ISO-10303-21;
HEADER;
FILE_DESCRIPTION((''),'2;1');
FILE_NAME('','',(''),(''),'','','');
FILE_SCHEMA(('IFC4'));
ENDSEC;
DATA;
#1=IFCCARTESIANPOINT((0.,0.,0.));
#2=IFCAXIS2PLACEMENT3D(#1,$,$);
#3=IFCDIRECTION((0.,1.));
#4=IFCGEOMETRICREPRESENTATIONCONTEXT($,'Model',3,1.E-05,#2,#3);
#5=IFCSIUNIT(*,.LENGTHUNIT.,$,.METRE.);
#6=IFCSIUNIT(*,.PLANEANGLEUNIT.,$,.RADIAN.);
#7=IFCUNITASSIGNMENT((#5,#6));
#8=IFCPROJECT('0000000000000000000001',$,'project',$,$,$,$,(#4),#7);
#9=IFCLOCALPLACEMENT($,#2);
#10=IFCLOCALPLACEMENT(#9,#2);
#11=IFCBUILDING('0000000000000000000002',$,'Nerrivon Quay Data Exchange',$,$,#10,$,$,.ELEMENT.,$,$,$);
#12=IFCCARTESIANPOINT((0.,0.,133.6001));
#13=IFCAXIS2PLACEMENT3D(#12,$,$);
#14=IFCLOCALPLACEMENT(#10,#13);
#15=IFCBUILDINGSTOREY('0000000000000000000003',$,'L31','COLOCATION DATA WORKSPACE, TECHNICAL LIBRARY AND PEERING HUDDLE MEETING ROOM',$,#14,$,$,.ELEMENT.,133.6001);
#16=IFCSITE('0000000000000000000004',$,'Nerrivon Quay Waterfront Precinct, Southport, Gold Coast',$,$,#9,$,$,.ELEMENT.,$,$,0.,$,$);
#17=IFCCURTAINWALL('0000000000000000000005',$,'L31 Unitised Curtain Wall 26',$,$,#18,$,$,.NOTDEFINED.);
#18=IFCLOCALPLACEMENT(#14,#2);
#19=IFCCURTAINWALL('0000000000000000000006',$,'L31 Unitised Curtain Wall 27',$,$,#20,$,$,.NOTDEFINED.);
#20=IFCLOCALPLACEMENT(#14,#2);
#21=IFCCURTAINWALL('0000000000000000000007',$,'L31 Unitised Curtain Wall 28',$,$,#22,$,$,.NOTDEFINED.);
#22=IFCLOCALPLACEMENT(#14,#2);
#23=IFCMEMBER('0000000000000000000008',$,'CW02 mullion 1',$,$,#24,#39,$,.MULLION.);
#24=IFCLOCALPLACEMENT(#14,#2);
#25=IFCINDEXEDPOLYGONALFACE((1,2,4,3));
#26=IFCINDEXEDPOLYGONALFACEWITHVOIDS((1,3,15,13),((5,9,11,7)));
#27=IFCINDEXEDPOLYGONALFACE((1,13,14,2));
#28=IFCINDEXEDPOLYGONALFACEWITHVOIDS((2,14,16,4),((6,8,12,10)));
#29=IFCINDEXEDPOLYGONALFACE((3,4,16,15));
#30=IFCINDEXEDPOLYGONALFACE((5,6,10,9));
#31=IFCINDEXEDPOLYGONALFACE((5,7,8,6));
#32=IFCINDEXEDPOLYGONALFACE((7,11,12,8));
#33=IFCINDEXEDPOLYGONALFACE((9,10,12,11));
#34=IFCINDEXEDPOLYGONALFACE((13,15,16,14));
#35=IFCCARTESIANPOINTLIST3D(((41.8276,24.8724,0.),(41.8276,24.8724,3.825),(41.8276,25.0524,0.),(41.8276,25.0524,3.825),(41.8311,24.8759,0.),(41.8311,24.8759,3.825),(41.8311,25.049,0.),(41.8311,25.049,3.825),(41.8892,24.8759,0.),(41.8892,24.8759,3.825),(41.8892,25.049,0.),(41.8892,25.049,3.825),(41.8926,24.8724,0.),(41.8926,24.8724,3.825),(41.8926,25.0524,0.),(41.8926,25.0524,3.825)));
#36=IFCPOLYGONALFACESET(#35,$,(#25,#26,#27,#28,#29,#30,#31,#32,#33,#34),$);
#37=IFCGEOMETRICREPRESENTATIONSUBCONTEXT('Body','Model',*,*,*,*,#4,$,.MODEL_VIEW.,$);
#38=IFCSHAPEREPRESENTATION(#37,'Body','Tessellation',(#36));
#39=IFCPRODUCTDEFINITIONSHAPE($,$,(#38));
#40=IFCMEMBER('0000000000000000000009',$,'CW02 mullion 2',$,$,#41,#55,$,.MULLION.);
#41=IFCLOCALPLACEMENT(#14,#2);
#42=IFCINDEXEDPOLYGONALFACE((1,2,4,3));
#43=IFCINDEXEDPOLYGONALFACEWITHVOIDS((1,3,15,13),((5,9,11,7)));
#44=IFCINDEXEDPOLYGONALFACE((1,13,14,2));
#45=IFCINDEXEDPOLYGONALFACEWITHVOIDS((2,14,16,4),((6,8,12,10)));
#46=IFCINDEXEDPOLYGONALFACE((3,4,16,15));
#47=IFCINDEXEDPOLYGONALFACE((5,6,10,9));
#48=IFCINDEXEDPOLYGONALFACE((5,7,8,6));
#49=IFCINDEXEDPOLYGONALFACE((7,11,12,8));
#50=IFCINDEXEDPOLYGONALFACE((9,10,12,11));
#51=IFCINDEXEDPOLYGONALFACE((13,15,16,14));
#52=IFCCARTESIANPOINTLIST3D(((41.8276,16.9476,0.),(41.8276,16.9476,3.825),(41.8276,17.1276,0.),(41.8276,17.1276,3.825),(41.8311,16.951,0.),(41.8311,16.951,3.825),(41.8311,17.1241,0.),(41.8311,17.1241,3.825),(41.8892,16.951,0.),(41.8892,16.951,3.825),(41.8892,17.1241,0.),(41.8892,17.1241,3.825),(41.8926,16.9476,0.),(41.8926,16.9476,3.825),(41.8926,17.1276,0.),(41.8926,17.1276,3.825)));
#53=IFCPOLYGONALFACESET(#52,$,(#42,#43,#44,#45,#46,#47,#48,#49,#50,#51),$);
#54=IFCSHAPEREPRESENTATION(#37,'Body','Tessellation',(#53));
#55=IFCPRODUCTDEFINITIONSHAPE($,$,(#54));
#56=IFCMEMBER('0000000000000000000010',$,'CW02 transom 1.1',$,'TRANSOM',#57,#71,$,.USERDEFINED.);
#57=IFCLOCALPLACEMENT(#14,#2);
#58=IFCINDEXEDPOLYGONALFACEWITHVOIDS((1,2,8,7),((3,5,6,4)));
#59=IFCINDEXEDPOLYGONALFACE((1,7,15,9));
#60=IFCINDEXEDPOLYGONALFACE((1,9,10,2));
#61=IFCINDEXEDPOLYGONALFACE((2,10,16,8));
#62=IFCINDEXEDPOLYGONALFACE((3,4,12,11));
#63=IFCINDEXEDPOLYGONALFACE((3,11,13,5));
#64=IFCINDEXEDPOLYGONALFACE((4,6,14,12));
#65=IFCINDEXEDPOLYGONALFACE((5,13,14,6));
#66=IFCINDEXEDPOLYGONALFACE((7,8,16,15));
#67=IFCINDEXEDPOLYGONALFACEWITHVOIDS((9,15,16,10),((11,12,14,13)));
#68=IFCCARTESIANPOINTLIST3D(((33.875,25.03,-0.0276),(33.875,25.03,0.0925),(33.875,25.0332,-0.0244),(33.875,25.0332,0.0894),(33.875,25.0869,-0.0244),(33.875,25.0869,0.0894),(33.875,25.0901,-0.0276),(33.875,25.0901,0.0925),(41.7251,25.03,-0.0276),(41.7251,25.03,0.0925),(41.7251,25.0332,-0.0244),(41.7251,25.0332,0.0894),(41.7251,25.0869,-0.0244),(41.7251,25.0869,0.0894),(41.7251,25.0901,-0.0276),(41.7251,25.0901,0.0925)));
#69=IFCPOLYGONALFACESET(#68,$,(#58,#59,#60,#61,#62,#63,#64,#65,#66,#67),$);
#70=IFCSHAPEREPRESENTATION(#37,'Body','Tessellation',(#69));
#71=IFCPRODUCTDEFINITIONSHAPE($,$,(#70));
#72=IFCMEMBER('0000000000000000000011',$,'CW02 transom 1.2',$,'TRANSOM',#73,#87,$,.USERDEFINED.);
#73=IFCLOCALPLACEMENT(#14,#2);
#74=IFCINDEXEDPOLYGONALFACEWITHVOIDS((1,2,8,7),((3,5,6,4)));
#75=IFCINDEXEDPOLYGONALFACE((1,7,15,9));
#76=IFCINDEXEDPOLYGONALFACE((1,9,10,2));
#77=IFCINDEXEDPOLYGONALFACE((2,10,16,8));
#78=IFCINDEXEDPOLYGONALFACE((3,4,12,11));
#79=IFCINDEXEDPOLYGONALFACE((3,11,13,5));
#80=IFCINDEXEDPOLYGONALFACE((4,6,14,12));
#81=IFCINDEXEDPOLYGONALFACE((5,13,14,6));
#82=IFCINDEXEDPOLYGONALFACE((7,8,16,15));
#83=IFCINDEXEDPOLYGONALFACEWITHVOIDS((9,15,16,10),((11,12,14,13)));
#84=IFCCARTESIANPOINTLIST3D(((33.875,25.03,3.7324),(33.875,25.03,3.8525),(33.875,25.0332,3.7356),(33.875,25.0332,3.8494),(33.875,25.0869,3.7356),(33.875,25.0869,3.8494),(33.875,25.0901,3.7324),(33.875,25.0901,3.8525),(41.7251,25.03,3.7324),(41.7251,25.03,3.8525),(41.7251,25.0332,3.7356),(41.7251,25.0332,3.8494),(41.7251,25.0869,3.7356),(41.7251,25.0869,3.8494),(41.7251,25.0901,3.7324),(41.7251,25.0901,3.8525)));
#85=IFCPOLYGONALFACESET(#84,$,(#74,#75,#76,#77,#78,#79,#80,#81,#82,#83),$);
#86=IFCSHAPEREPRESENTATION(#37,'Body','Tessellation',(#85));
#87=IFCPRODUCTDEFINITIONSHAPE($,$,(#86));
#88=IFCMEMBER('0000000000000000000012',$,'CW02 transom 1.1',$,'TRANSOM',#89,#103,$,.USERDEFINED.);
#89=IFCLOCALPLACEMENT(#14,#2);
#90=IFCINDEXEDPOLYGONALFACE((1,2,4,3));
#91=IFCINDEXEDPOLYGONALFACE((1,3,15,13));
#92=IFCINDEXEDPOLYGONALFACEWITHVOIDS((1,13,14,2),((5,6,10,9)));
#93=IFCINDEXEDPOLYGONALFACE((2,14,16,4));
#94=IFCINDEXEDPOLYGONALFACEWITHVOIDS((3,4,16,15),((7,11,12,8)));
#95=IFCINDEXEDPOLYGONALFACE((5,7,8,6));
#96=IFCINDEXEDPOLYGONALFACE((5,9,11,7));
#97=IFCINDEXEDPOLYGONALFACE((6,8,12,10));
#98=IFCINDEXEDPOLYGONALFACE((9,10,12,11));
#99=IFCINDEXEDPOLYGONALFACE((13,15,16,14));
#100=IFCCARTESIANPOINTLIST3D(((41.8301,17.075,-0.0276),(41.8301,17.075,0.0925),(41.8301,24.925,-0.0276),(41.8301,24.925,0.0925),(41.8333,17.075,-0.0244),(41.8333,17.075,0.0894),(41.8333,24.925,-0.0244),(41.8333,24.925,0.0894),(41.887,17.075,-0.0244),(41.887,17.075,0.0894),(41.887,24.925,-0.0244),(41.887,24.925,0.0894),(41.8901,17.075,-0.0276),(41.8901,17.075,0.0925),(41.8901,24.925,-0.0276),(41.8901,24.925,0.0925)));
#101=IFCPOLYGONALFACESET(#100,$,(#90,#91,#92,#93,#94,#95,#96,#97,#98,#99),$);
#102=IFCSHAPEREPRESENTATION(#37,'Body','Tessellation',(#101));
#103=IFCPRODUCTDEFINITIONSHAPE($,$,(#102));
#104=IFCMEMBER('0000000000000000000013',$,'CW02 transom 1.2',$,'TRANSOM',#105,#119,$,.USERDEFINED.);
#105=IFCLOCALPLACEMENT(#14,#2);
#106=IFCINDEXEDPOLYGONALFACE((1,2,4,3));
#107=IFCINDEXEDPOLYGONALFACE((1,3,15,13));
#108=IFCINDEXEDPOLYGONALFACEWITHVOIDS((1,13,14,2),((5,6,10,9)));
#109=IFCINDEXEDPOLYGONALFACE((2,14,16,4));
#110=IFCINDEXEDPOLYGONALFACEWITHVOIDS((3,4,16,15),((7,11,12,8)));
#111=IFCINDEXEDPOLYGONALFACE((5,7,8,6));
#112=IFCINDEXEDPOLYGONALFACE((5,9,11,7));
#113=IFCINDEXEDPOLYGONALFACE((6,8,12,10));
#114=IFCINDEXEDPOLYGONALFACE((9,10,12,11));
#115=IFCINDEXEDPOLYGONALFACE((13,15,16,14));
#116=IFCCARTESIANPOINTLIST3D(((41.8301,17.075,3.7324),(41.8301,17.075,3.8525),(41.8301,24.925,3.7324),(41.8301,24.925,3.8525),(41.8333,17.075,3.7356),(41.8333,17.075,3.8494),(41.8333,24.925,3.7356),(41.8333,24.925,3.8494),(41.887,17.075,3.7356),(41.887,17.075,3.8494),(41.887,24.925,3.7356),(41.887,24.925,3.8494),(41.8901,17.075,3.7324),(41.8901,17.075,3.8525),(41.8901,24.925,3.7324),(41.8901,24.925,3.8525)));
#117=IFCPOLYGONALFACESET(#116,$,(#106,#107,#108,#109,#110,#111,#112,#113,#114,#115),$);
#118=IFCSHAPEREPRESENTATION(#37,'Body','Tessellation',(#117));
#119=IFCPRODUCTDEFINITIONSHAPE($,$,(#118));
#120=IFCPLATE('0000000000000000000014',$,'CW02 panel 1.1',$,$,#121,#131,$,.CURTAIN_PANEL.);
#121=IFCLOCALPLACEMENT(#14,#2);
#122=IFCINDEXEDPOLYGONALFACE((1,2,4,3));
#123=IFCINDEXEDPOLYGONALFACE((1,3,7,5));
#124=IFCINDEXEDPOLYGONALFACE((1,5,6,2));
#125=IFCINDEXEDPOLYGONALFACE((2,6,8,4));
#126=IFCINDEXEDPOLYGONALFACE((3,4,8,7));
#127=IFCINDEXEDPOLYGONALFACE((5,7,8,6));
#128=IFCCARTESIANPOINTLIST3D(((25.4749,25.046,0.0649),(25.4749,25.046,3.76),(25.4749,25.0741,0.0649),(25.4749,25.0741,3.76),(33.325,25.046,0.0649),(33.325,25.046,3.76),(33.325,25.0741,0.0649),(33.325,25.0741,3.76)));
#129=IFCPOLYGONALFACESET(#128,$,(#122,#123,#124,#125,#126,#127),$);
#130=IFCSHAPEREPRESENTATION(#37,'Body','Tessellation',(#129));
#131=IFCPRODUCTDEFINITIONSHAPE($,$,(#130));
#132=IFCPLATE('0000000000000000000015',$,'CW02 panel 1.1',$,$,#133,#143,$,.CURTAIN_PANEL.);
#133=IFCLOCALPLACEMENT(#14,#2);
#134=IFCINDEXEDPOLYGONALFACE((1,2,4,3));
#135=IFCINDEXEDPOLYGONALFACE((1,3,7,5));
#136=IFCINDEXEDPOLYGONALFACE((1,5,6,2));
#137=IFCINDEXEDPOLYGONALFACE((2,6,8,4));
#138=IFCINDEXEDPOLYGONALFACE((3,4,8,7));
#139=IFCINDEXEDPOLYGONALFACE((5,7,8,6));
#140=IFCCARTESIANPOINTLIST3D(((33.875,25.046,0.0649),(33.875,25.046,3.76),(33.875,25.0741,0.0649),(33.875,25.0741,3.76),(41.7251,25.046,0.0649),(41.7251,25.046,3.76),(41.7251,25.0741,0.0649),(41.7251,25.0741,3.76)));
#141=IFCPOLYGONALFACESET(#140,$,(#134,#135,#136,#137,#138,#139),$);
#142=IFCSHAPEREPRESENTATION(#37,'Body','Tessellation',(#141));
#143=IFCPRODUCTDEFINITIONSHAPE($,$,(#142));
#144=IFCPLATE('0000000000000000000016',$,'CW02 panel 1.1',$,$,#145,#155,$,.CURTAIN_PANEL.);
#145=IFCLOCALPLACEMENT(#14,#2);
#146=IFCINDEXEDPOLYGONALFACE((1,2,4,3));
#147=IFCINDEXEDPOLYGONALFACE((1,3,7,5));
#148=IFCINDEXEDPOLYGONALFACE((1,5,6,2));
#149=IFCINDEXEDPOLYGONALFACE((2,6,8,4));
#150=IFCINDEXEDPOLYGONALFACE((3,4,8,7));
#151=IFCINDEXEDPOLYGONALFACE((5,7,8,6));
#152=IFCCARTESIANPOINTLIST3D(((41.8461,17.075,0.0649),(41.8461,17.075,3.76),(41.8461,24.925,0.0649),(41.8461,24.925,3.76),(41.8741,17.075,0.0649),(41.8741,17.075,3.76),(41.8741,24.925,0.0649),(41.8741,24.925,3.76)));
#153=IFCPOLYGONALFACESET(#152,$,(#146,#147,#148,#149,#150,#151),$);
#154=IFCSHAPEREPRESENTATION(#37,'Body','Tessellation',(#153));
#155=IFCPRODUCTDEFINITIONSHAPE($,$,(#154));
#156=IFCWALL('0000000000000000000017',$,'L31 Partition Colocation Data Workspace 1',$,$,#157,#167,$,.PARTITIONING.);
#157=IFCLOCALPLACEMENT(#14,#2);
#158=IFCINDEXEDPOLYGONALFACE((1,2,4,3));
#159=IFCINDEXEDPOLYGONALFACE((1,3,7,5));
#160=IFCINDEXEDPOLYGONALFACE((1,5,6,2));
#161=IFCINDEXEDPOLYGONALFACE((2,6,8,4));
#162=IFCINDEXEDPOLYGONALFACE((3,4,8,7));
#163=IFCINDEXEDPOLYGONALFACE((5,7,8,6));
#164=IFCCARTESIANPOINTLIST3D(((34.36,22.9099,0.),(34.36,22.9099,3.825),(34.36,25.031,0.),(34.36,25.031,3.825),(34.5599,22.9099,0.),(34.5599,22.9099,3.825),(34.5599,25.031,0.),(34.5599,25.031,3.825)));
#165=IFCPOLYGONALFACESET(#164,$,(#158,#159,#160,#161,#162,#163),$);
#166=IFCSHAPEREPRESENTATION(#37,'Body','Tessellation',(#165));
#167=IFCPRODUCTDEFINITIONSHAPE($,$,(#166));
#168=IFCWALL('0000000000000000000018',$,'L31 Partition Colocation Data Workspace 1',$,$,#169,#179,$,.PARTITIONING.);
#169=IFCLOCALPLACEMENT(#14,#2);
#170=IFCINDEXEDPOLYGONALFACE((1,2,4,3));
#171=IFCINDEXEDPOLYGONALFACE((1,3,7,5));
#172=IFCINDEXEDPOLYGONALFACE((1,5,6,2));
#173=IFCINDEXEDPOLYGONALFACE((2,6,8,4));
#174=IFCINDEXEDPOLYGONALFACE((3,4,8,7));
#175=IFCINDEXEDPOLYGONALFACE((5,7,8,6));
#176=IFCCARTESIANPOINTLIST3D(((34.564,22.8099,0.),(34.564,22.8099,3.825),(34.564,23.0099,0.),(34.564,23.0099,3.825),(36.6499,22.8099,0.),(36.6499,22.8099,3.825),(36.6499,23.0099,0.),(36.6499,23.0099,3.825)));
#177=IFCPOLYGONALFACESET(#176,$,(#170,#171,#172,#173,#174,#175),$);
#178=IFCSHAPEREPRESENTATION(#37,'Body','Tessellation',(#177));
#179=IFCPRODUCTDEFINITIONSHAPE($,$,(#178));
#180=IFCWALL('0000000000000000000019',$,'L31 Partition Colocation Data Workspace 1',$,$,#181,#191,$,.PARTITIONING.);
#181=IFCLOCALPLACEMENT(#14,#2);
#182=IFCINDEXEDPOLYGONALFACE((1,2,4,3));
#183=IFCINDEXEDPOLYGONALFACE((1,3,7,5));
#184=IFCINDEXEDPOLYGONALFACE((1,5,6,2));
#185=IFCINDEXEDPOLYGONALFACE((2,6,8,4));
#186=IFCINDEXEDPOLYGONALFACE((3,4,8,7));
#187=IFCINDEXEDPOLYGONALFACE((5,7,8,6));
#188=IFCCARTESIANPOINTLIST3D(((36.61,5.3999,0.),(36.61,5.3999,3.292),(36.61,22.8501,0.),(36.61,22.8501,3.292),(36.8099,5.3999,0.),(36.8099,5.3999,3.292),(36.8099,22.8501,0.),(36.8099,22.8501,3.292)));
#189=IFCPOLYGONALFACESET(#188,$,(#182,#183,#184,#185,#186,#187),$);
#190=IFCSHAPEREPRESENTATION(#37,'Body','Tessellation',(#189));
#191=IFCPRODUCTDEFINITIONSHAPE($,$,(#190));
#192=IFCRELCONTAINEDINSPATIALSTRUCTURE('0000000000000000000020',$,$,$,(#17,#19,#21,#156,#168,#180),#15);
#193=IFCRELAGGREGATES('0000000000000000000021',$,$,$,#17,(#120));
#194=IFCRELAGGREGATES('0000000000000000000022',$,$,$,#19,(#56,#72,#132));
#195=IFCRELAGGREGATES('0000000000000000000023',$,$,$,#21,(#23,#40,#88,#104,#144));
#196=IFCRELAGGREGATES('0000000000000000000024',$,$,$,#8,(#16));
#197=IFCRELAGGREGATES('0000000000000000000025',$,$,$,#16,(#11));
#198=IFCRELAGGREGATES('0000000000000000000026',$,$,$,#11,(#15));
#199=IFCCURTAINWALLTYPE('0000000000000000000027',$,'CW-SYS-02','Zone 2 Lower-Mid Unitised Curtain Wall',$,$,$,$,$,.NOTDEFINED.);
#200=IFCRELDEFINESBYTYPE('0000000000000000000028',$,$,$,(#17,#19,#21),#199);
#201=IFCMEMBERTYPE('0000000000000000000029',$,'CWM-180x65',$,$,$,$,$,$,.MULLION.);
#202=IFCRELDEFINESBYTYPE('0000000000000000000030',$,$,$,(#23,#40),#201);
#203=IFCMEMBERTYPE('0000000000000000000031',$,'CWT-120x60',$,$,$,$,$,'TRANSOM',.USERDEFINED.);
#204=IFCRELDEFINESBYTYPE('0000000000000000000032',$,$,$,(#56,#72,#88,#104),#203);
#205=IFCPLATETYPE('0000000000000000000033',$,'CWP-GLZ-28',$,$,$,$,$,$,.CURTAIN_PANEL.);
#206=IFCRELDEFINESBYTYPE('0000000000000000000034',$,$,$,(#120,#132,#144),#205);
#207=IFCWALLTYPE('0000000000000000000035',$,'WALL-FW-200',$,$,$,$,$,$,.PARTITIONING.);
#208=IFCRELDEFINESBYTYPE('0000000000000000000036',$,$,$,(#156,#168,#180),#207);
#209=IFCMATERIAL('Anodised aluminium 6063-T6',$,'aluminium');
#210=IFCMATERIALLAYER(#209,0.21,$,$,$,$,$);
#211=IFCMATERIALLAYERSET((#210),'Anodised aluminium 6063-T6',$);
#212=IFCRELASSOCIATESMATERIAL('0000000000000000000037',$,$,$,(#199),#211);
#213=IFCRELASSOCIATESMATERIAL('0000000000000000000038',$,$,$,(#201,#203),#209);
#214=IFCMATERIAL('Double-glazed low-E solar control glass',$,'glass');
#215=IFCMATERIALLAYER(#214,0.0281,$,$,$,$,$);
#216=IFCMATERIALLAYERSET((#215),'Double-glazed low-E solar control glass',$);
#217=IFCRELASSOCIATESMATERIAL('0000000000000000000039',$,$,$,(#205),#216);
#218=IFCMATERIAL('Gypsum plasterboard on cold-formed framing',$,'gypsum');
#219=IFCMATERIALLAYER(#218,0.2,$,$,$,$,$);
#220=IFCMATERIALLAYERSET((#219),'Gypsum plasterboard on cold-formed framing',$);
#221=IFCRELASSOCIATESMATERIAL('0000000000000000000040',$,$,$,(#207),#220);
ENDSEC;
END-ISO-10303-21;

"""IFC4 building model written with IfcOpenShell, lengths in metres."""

from ifc_helpers import new_model, si_unit, direction, frame, frame_2d, origin, origin_2d, place, context, subcontext, project, spatial, rectangle, hollow_rectangle, extrude, material, layer, layer_set, material_profile, profile_set, type_object, element, aggregate, save


model = new_model("IFC4")

# Units and contexts
model_context = context("Model", 3, precision=1e-05, world=origin(), true_north=direction((0.0, 1.0)))
body_context = subcontext(model_context, "Body", "Model", "MODEL_VIEW")
ifc_project = project(units=[si_unit("LENGTHUNIT", "METRE"), si_unit("PLANEANGLEUNIT", "RADIAN")], contexts=[model_context])

# Site, building, storey
site_placement = place(None, origin())
site = spatial("IfcSite", under=ifc_project, at=site_placement, Name="Nerrivon Quay Waterfront Precinct, Southport, Gold Coast", CompositionType="ELEMENT", RefElevation=0.0)
building_placement = place(site_placement, origin())
building = spatial("IfcBuilding", under=site, at=building_placement, Name="Nerrivon Quay Data Exchange", CompositionType="ELEMENT")
storey_placement = place(building_placement, frame((0.0, 0.0, 133.6001)))
storey = spatial("IfcBuildingStorey", under=building, at=storey_placement, Name="L31", Description="COLOCATION DATA WORKSPACE, TECHNICAL LIBRARY AND PEERING HUDDLE MEETING ROOM", CompositionType="ELEMENT", Elevation=133.6001)

# Curtain wall
ifc_material_1 = material(Name="Anodised aluminium 6063-T6", Category="aluminium")
ifc_layer_1 = layer(ifc_material_1, 0.21)
ifc_layer_set_1 = layer_set([ifc_layer_1], Name="Anodised aluminium 6063-T6")
curtain_wall_type = type_object("IfcCurtainWallType", Name="CW-SYS-02", Description="Zone 2 Lower-Mid Unitised Curtain Wall", PredefinedType="NOTDEFINED", material=ifc_layer_set_1)
curtain_wall_1_placement = place(storey_placement, origin())
curtain_wall_1 = element("IfcCurtainWall", 1, at=curtain_wall_1_placement, inside=storey, type_object=curtain_wall_type, Name="L31 Unitised Curtain Wall 26", PredefinedType="NOTDEFINED")
ifc_material_profile_1 = material_profile(ifc_material_1, hollow_rectangle(XDim=0.0649, YDim=0.1799, WallThickness=0.0034, at=origin_2d()), Name="ALU-MULL-180x65")
ifc_profile_set_1 = profile_set([ifc_material_profile_1], Name="Anodised aluminium 6063-T6")
member_type_1 = type_object("IfcMemberType", Name="CWM-180x65", PredefinedType="MULLION", material=ifc_profile_set_1)

# Curtain walls, members
curtain_wall_2_placement = place(storey_placement, origin())
curtain_wall_2 = element("IfcCurtainWall", 2, at=curtain_wall_2_placement, inside=storey, type_object=curtain_wall_type, Name="L31 Unitised Curtain Wall 27", PredefinedType="NOTDEFINED")
curtain_wall_3_placement = place(storey_placement, origin())
curtain_wall_3 = element("IfcCurtainWall", 3, at=curtain_wall_3_placement, inside=storey, type_object=curtain_wall_type, Name="L31 Unitised Curtain Wall 28", PredefinedType="NOTDEFINED")
member_1_placement = place(storey_placement, frame((41.8601, 24.9624, 0.0), z_axis=(0.0, 0.0, 1.0), x_axis=(1.0, 0.0, 0.0)))
member_1 = element("IfcMember", 4, at=member_1_placement, type_object=member_type_1, Name="CW02 mullion 1", PredefinedType="MULLION", context=body_context, shape_type="SweptSolid", body=[
    extrude(hollow_rectangle(XDim=0.0649, YDim=0.1799, WallThickness=0.0034, at=origin_2d()), origin(), (0.0, 0.0, 1.0), 3.825),
])
member_2_placement = place(storey_placement, frame((41.8601, 17.0376, 0.0), z_axis=(0.0, 0.0, 1.0), x_axis=(1.0, 0.0, 0.0)))
member_2 = element("IfcMember", 5, at=member_2_placement, type_object=member_type_1, Name="CW02 mullion 2", PredefinedType="MULLION", context=body_context, shape_type="SweptSolid", body=[
    extrude(hollow_rectangle(XDim=0.0649, YDim=0.1799, WallThickness=0.0034, at=origin_2d()), origin(), (0.0, 0.0, 1.0), 3.825),
])

# Members
ifc_material_profile_2 = material_profile(ifc_material_1, hollow_rectangle(XDim=0.0601, YDim=0.1201, WallThickness=0.0032, at=origin_2d()), Name="ALU-TRAN-120x60")
ifc_profile_set_2 = profile_set([ifc_material_profile_2], Name="Anodised aluminium 6063-T6")
member_type_2 = type_object("IfcMemberType", Name="CWT-120x60", ElementType="TRANSOM", PredefinedType="USERDEFINED", material=ifc_profile_set_2)
member_3_placement = place(storey_placement, frame((33.875, 25.0601, 0.0325), z_axis=(1.0, 0.0, 0.0), x_axis=(0.0, 1.0, 0.0)))
member_3 = element("IfcMember", 6, at=member_3_placement, type_object=member_type_2, Name="CW02 transom 1.1", ObjectType="TRANSOM", PredefinedType="USERDEFINED", context=body_context, shape_type="SweptSolid", body=[
    extrude(hollow_rectangle(XDim=0.0601, YDim=0.1201, WallThickness=0.0032, at=origin_2d()), origin(), (0.0, 0.0, 1.0), 7.8501),
])
member_4_placement = place(storey_placement, frame((33.875, 25.0601, 3.7925), z_axis=(1.0, 0.0, 0.0), x_axis=(0.0, 1.0, 0.0)))
member_4 = element("IfcMember", 7, at=member_4_placement, type_object=member_type_2, Name="CW02 transom 1.2", ObjectType="TRANSOM", PredefinedType="USERDEFINED", context=body_context, shape_type="SweptSolid", body=[
    extrude(hollow_rectangle(XDim=0.0601, YDim=0.1201, WallThickness=0.0032, at=origin_2d()), origin(), (0.0, 0.0, 1.0), 7.8501),
])
member_5_placement = place(storey_placement, frame((41.8601, 24.925, 0.0325), z_axis=(0.0, -1.0, 0.0), x_axis=(1.0, 0.0, 0.0)))
member_5 = element("IfcMember", 8, at=member_5_placement, type_object=member_type_2, Name="CW02 transom 1.1", ObjectType="TRANSOM", PredefinedType="USERDEFINED", context=body_context, shape_type="SweptSolid", body=[
    extrude(hollow_rectangle(XDim=0.0601, YDim=0.1201, WallThickness=0.0032, at=origin_2d()), origin(), (0.0, 0.0, 1.0), 7.8501),
])
member_6_placement = place(storey_placement, frame((41.8601, 24.925, 3.7925), z_axis=(0.0, -1.0, 0.0), x_axis=(1.0, 0.0, 0.0)))
member_6 = element("IfcMember", 9, at=member_6_placement, type_object=member_type_2, Name="CW02 transom 1.2", ObjectType="TRANSOM", PredefinedType="USERDEFINED", context=body_context, shape_type="SweptSolid", body=[
    extrude(hollow_rectangle(XDim=0.0601, YDim=0.1201, WallThickness=0.0032, at=origin_2d()), origin(), (0.0, 0.0, 1.0), 7.8501),
])

# Plates
ifc_material_2 = material(Name="Double-glazed low-E solar control glass", Category="glass")
ifc_layer_2 = layer(ifc_material_2, 0.0281)
ifc_layer_set_2 = layer_set([ifc_layer_2], Name="Double-glazed low-E solar control glass")
plate_type = type_object("IfcPlateType", Name="CWP-GLZ-28", PredefinedType="CURTAIN_PANEL", material=ifc_layer_set_2)
plate_1_placement = place(storey_placement, frame((29.3999, 25.0601, 0.0649), z_axis=(0.0, 0.0, 1.0), x_axis=(1.0, 0.0, 0.0)))
plate_1 = element("IfcPlate", 10, at=plate_1_placement, type_object=plate_type, Name="CW02 panel 1.1", PredefinedType="CURTAIN_PANEL", context=body_context, shape_type="SweptSolid", body=[
    extrude(rectangle(XDim=7.8501, YDim=0.0281, at=origin_2d()), origin(), (0.0, 0.0, 1.0), 3.6951),
])
aggregate(curtain_wall_1, [plate_1])
plate_2_placement = place(storey_placement, frame((37.8, 25.0601, 0.0649), z_axis=(0.0, 0.0, 1.0), x_axis=(1.0, 0.0, 0.0)))
plate_2 = element("IfcPlate", 11, at=plate_2_placement, type_object=plate_type, Name="CW02 panel 1.1", PredefinedType="CURTAIN_PANEL", context=body_context, shape_type="SweptSolid", body=[
    extrude(rectangle(XDim=7.8501, YDim=0.0281, at=origin_2d()), origin(), (0.0, 0.0, 1.0), 3.6951),
])
aggregate(curtain_wall_2, [member_3, member_4, plate_2])
plate_3_placement = place(storey_placement, frame((41.8601, 21.0, 0.0649), z_axis=(0.0, 0.0, 1.0), x_axis=(0.0, -1.0, 0.0)))
plate_3 = element("IfcPlate", 12, at=plate_3_placement, type_object=plate_type, Name="CW02 panel 1.1", PredefinedType="CURTAIN_PANEL", context=body_context, shape_type="SweptSolid", body=[
    extrude(rectangle(XDim=7.8501, YDim=0.0281, at=origin_2d()), origin(), (0.0, 0.0, 1.0), 3.6951),
])
aggregate(curtain_wall_3, [member_1, member_2, member_5, member_6, plate_3])

# Walls
ifc_material_3 = material(Name="Gypsum plasterboard on cold-formed framing", Category="gypsum")
ifc_layer_3 = layer(ifc_material_3, 0.2)
ifc_layer_set_3 = layer_set([ifc_layer_3], Name="Gypsum plasterboard on cold-formed framing")
wall_type_1 = type_object("IfcWallType", Name="WALL-FW-200", PredefinedType="PARTITIONING", material=ifc_layer_set_3)
wall_1_placement = place(storey_placement, frame((34.46, 25.031, 0.0), z_axis=(0.0, 0.0, 1.0), x_axis=(0.0, -1.0, 0.0)))
element("IfcWall", 13, at=wall_1_placement, inside=storey, type_object=wall_type_1, Name="L31 Partition Colocation Data Workspace 1", PredefinedType="PARTITIONING", context=body_context, shape_type="SweptSolid", body=[
    extrude(rectangle(XDim=2.1211, YDim=0.2, at=frame_2d((1.0605, 0.0))), origin(), (0.0, 0.0, 1.0), 3.825),
])
wall_2_placement = place(storey_placement, frame((34.564, 22.9099, 0.0), z_axis=(0.0, 0.0, 1.0), x_axis=(1.0, 0.0, 0.0)))
element("IfcWall", 14, at=wall_2_placement, inside=storey, type_object=wall_type_1, Name="L31 Partition Colocation Data Workspace 1", PredefinedType="PARTITIONING", context=body_context, shape_type="SweptSolid", body=[
    extrude(rectangle(XDim=2.0859, YDim=0.2, at=frame_2d((1.043, 0.0))), origin(), (0.0, 0.0, 1.0), 3.825),
])
wall_3_placement = place(storey_placement, frame((36.71, 22.8501, 0.0), z_axis=(0.0, 0.0, 1.0), x_axis=(0.0, -1.0, 0.0)))
element("IfcWall", 15, at=wall_3_placement, inside=storey, type_object=wall_type_1, Name="L31 Partition Colocation Data Workspace 1", PredefinedType="PARTITIONING", context=body_context, shape_type="SweptSolid", body=[
    extrude(rectangle(XDim=17.4502, YDim=0.2, at=frame_2d((8.7251, 0.0))), origin(), (0.0, 0.0, 1.0), 3.292),
])

save(model, "model.ifc")
